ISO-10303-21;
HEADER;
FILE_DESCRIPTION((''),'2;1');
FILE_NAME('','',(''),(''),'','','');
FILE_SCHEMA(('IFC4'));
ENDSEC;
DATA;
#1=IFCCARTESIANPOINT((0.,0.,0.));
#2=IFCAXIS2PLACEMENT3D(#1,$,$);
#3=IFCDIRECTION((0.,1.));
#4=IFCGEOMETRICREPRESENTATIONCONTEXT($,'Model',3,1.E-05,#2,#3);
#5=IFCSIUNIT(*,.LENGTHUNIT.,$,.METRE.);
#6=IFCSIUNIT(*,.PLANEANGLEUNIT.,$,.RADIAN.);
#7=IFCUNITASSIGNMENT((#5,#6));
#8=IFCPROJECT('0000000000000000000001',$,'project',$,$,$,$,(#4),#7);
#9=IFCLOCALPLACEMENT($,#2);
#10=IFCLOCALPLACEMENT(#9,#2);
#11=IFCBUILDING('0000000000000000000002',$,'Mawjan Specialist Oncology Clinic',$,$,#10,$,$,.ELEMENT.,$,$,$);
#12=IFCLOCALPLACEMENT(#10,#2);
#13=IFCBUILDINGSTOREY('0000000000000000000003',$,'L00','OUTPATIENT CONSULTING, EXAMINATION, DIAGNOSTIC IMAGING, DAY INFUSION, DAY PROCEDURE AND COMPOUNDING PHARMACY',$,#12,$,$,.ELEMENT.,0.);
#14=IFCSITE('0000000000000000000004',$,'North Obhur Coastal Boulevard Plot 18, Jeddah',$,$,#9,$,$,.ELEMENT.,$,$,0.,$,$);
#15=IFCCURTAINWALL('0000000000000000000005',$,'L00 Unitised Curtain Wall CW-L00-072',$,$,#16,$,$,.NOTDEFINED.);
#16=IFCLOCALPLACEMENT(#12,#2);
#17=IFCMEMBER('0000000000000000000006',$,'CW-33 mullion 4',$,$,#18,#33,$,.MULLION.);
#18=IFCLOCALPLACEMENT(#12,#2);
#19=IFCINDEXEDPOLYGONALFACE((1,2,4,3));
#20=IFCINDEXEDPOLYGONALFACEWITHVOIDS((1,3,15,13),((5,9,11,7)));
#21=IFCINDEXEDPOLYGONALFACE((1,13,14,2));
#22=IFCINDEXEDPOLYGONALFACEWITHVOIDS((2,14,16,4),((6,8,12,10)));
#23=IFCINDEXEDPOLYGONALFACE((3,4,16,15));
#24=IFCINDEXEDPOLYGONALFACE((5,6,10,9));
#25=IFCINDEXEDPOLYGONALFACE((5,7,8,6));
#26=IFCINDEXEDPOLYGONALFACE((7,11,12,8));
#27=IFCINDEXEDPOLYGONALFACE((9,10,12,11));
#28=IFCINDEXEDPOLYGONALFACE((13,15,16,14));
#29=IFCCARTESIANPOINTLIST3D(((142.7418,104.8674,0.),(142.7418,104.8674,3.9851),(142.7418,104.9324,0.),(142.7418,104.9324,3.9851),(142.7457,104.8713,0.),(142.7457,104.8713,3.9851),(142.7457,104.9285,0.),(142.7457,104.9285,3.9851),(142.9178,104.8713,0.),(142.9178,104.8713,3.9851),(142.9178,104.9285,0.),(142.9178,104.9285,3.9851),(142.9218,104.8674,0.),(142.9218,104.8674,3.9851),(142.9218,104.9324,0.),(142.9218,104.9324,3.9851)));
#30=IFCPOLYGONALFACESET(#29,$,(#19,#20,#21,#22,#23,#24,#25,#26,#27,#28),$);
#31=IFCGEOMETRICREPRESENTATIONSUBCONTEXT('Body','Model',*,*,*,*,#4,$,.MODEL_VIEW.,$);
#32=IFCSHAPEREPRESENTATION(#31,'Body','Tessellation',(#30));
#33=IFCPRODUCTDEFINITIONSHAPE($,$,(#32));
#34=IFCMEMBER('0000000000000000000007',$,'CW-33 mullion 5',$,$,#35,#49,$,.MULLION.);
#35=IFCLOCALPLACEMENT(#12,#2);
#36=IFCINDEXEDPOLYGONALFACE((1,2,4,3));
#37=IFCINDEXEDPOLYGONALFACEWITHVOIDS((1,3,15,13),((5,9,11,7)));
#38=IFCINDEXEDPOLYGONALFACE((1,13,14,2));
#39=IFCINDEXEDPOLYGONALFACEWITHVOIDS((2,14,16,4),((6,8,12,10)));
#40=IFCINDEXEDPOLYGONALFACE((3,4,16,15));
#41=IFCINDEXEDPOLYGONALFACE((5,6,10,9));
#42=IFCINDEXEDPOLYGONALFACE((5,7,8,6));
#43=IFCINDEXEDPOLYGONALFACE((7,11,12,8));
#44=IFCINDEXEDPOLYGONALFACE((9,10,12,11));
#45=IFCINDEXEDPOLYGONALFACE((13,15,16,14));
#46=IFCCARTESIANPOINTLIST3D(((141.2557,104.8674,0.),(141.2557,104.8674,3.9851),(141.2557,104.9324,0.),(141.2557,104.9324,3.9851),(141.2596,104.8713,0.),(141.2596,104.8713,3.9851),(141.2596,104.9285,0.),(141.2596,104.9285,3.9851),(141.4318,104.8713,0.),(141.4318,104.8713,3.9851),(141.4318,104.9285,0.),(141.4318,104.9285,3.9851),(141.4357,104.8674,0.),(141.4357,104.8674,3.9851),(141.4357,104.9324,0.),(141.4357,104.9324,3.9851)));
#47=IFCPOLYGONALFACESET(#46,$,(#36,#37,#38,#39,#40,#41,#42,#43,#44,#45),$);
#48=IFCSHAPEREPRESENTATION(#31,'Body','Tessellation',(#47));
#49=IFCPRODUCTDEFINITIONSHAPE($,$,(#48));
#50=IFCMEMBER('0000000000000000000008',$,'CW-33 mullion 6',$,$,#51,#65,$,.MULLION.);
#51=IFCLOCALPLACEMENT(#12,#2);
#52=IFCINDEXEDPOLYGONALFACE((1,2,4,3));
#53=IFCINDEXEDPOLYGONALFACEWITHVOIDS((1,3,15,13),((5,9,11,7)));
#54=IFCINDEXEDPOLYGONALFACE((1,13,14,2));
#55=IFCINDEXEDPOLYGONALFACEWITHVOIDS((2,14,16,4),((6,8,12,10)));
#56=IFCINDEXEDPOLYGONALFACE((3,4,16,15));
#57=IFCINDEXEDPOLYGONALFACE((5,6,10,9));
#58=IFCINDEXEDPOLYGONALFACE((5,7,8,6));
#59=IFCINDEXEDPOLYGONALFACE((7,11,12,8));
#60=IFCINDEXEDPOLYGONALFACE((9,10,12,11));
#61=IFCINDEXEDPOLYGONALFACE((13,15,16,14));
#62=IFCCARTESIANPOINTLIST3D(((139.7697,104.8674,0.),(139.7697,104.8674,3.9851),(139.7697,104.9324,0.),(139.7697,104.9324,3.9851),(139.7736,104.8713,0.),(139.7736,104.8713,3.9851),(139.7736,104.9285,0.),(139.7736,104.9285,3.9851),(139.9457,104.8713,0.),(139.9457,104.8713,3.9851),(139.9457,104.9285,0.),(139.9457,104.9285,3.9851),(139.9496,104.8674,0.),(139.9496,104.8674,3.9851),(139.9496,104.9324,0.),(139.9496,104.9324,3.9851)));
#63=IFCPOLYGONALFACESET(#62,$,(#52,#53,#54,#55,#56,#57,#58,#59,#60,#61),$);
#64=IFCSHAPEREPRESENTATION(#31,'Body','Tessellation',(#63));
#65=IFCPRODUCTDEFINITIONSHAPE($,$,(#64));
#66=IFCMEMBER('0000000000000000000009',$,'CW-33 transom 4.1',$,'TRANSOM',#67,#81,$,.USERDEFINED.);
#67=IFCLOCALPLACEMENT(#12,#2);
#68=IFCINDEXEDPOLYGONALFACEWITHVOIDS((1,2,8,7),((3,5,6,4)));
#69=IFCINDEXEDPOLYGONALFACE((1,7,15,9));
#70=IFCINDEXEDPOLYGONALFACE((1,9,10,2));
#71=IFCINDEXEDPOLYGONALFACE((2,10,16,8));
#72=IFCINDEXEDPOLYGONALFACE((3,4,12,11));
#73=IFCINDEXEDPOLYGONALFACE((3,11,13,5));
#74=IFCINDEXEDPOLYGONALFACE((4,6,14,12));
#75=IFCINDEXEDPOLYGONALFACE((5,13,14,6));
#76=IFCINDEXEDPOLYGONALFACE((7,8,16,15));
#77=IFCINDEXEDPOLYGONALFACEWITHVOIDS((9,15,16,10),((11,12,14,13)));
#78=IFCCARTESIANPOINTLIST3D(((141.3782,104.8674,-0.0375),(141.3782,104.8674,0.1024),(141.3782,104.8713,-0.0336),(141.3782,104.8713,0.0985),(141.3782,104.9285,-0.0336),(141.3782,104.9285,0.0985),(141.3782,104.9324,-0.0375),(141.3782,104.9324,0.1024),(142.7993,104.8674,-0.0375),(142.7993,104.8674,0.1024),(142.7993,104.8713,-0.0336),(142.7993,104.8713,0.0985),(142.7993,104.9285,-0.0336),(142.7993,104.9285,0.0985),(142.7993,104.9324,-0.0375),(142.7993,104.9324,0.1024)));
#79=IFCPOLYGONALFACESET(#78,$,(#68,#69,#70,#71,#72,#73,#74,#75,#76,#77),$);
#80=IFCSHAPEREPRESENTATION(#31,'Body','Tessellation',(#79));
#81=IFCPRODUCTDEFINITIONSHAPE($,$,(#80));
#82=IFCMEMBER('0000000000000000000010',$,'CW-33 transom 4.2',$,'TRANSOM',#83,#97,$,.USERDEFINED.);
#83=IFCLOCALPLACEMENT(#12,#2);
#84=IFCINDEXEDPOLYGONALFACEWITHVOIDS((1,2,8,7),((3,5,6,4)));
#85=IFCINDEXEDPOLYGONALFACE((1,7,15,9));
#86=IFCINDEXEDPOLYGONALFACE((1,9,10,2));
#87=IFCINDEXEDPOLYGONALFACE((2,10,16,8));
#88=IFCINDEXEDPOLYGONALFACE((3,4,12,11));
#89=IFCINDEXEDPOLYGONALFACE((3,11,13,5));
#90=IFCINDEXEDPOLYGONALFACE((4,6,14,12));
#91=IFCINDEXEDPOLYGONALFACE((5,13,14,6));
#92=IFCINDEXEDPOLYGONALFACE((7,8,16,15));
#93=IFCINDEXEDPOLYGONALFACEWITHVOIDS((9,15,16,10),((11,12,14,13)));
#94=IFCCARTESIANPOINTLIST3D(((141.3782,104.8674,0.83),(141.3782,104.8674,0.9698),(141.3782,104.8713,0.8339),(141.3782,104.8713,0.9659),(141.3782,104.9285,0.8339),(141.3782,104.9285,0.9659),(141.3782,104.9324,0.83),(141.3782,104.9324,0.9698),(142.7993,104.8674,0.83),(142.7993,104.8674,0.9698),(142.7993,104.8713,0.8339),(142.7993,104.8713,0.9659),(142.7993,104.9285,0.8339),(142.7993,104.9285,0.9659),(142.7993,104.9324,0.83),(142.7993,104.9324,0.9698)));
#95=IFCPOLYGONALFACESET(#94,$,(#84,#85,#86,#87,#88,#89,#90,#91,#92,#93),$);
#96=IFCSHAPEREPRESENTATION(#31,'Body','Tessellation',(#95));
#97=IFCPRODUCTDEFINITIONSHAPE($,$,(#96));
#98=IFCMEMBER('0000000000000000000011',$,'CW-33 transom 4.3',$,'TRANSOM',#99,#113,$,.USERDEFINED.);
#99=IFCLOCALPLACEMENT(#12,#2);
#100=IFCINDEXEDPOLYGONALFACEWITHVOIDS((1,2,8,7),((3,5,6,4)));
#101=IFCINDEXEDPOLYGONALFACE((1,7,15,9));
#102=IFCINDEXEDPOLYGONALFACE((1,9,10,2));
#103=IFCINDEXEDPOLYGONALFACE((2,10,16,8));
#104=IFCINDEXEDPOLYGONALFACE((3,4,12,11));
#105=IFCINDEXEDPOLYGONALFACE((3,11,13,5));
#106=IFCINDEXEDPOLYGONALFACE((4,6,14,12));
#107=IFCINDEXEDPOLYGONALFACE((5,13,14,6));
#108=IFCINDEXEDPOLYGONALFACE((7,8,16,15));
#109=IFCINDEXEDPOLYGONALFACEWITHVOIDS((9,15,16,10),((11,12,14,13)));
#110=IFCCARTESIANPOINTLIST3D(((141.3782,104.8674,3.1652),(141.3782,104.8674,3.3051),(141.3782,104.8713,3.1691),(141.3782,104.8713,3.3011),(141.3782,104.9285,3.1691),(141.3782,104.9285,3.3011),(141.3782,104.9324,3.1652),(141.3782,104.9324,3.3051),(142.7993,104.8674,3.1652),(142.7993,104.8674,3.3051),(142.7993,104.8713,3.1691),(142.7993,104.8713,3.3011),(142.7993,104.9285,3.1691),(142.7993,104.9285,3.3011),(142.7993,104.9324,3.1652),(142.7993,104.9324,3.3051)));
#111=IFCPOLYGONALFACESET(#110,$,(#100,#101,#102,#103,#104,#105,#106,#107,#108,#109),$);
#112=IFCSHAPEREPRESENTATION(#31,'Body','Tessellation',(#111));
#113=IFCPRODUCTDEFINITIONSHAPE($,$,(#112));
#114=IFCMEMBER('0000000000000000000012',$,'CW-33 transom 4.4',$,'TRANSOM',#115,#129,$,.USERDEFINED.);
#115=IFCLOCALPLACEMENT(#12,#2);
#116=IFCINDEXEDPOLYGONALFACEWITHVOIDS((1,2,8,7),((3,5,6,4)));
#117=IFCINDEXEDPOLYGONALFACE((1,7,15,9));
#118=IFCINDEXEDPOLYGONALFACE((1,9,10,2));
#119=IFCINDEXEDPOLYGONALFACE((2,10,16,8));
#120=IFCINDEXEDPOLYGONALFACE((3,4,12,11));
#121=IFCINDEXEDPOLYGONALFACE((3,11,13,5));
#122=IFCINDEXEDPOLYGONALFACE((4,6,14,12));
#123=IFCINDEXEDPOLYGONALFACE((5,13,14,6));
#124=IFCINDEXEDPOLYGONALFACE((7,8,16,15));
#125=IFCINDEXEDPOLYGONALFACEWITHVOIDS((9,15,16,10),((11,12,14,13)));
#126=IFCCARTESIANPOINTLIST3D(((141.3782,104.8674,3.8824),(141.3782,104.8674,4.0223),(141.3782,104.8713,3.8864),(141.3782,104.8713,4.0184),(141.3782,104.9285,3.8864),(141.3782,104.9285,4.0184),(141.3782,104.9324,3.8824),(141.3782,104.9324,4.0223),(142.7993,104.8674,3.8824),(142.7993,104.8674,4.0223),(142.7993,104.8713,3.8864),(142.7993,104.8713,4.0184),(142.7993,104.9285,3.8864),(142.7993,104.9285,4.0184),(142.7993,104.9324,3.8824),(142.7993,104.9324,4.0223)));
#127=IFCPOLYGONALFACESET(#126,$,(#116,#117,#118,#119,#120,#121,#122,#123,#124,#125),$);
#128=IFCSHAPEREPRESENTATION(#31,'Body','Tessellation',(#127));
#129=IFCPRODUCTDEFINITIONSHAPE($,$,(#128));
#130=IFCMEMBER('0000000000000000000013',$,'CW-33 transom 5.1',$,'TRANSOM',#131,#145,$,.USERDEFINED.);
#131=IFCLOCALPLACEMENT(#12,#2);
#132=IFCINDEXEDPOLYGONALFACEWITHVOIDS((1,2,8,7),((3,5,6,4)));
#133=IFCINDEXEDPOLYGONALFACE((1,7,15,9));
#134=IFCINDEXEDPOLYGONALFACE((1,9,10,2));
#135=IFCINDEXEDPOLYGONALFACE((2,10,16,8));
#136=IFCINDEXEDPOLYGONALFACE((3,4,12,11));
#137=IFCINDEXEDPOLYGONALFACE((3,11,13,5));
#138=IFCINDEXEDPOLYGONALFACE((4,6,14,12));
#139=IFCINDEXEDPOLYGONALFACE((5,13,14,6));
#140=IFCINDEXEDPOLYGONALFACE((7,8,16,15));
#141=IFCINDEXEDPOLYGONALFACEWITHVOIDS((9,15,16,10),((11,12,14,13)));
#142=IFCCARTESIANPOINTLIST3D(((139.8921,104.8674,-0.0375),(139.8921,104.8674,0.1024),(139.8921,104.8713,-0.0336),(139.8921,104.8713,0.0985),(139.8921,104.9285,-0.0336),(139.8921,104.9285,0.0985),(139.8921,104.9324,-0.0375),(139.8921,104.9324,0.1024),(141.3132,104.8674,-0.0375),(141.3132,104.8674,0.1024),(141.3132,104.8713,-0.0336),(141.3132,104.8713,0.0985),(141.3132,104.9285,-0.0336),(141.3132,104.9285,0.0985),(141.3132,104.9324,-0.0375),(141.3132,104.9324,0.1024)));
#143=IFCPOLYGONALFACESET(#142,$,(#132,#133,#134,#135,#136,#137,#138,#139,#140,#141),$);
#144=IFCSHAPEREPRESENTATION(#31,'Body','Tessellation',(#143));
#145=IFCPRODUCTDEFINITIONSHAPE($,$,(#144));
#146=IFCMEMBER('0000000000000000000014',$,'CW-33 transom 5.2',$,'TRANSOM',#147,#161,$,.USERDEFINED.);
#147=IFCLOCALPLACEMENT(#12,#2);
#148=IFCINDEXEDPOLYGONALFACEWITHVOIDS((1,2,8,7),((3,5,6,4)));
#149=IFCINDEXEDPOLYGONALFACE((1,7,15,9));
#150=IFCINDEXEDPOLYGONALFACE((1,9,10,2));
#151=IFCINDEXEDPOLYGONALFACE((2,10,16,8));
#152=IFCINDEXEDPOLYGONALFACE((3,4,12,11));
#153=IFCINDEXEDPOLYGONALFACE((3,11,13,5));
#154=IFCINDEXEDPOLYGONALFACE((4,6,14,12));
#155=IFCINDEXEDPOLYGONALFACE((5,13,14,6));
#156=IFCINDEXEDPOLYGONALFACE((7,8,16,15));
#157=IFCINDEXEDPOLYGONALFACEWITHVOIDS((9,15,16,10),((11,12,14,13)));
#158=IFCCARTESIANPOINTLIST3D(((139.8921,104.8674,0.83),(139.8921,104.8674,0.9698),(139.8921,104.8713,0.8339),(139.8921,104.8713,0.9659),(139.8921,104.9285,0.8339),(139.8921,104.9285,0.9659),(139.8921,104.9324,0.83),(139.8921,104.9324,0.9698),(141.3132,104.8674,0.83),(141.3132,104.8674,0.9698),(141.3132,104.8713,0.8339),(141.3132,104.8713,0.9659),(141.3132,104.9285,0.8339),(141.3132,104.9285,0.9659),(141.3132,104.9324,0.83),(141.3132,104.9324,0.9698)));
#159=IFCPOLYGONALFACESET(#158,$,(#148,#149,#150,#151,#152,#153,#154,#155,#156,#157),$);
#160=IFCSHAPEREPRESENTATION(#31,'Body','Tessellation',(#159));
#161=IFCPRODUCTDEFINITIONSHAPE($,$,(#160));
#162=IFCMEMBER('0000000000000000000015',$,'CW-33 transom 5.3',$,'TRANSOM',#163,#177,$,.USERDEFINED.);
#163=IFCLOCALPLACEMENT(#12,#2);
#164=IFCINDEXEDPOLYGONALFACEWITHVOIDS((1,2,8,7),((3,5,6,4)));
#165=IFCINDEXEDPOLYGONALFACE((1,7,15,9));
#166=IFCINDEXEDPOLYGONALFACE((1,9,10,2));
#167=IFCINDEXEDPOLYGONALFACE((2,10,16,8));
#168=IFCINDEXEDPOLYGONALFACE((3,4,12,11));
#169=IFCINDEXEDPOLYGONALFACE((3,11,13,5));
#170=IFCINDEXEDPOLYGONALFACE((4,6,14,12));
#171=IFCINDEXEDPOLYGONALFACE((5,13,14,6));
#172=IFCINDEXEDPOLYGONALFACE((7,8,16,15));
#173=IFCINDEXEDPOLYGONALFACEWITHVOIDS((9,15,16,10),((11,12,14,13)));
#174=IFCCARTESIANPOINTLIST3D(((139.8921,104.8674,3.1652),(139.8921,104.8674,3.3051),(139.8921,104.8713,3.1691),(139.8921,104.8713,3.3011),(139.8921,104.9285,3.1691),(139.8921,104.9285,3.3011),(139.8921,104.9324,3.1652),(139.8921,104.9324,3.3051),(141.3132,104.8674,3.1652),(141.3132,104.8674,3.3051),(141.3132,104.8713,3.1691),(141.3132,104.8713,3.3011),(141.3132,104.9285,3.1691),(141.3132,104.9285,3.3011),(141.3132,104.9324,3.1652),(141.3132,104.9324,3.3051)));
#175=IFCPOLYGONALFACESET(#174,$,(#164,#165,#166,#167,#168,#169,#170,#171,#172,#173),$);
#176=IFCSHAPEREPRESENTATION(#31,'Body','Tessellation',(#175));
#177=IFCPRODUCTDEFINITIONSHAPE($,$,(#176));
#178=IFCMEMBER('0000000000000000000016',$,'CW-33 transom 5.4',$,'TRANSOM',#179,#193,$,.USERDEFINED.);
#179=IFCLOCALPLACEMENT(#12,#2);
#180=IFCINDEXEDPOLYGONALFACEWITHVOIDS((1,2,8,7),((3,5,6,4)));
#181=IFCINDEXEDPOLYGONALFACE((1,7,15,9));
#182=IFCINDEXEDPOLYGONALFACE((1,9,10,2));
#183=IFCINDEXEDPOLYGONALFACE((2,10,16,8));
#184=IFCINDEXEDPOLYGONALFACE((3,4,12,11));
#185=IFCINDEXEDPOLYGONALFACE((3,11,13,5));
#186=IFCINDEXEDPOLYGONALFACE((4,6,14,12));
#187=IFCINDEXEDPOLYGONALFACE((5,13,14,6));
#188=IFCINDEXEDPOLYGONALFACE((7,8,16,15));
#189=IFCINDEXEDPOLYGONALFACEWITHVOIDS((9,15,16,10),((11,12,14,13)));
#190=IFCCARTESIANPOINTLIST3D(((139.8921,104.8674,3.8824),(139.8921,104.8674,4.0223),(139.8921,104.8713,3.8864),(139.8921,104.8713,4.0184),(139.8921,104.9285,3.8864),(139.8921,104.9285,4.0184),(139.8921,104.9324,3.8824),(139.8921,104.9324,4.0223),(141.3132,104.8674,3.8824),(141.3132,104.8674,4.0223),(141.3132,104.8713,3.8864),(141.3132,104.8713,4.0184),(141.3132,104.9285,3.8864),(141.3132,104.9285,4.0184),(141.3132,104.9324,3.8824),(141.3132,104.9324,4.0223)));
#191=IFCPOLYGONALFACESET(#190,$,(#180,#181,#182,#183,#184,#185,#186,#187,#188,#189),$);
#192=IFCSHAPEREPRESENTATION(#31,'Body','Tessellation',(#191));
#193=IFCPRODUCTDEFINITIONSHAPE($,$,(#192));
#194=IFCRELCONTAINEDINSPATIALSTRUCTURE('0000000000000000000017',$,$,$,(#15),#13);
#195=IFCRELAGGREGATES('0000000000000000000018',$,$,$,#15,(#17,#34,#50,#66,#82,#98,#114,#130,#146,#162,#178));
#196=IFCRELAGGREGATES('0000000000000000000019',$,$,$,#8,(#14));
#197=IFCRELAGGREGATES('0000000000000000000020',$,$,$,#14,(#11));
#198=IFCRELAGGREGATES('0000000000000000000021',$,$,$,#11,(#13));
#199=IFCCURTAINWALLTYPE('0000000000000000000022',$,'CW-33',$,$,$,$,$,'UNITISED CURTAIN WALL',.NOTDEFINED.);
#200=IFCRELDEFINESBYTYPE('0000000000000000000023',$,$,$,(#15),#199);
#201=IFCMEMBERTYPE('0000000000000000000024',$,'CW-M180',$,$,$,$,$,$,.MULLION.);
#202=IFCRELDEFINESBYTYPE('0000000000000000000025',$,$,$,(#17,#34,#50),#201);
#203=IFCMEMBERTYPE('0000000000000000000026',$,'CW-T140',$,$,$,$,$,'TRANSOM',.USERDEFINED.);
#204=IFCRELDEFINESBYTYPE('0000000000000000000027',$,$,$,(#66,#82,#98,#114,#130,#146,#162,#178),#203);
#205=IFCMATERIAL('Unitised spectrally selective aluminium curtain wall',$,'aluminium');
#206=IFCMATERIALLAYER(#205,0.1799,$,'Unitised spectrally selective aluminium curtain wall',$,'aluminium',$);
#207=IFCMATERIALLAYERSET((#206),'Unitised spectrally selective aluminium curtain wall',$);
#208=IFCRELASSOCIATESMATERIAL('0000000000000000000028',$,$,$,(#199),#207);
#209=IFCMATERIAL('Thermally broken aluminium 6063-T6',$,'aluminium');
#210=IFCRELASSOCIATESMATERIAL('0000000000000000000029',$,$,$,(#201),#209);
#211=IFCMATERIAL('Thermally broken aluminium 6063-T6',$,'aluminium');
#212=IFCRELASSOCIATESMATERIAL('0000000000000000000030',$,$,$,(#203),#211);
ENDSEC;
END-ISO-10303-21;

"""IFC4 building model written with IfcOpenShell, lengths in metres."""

from ifc_helpers import new_model, si_unit, direction, frame, origin, origin_2d, place, context, subcontext, project, spatial, hollow_rectangle, extrude, material, layer, layer_set, material_profile, profile_set, type_object, element, aggregate, save


model = new_model("IFC4")

# Units and contexts
model_context = context("Model", 3, precision=1e-05, world=origin(), true_north=direction((0.0, 1.0)))
body_context = subcontext(model_context, "Body", "Model", "MODEL_VIEW")
ifc_project = project(units=[si_unit("LENGTHUNIT", "METRE"), si_unit("PLANEANGLEUNIT", "RADIAN")], contexts=[model_context])

# Site, building, storey
site_placement = place(None, origin())
site = spatial("IfcSite", under=ifc_project, at=site_placement, Name="North Obhur Coastal Boulevard Plot 18, Jeddah", CompositionType="ELEMENT", RefElevation=0.0)
building_placement = place(site_placement, origin())
building = spatial("IfcBuilding", under=site, at=building_placement, Name="Mawjan Specialist Oncology Clinic", CompositionType="ELEMENT")
storey_placement = place(building_placement, origin())
storey = spatial("IfcBuildingStorey", under=building, at=storey_placement, Name="L00", Description="OUTPATIENT CONSULTING, EXAMINATION, DIAGNOSTIC IMAGING, DAY INFUSION, DAY PROCEDURE AND COMPOUNDING PHARMACY", CompositionType="ELEMENT", Elevation=0.0)

# Curtain wall, members
ifc_material_1 = material(Name="Unitised spectrally selective aluminium curtain wall", Category="aluminium")
ifc_layer_1 = layer(ifc_material_1, 0.1799, Name="Unitised spectrally selective aluminium curtain wall", Category="aluminium")
ifc_layer_set_1 = layer_set([ifc_layer_1], Name="Unitised spectrally selective aluminium curtain wall")
curtain_wall_type = type_object("IfcCurtainWallType", Name="CW-33", ElementType="UNITISED CURTAIN WALL", PredefinedType="NOTDEFINED", material=ifc_layer_set_1)
curtain_wall_placement = place(storey_placement, origin())
curtain_wall = element("IfcCurtainWall", 1, at=curtain_wall_placement, inside=storey, type_object=curtain_wall_type, Name="L00 Unitised Curtain Wall CW-L00-072", PredefinedType="NOTDEFINED")
ifc_material_2 = material(Name="Thermally broken aluminium 6063-T6", Category="aluminium")
ifc_material_profile_1 = material_profile(ifc_material_2, hollow_rectangle(XDim=0.0649, YDim=0.1799, WallThickness=0.0039, at=origin_2d()), Name="ALU MULLION 180x65x4", Category="aluminium")
ifc_profile_set_1 = profile_set([ifc_material_profile_1], Name="Thermally broken aluminium 6063-T6")
member_type_1 = type_object("IfcMemberType", Name="CW-M180", PredefinedType="MULLION", material=ifc_profile_set_1)
member_1_placement = place(storey_placement, frame((142.8318, 104.8999, 0.0), z_axis=(0.0, 0.0, 1.0), x_axis=(0.0, -1.0, 0.0)))
member_1 = element("IfcMember", 2, at=member_1_placement, type_object=member_type_1, Name="CW-33 mullion 4", PredefinedType="MULLION", context=body_context, shape_type="SweptSolid", body=[
    extrude(hollow_rectangle(XDim=0.0649, YDim=0.1799, WallThickness=0.0039, at=origin_2d()), origin(), (0.0, 0.0, 1.0), 3.9851),
])
member_2_placement = place(storey_placement, frame((141.3457, 104.8999, 0.0), z_axis=(0.0, 0.0, 1.0), x_axis=(0.0, -1.0, 0.0)))
member_2 = element("IfcMember", 3, at=member_2_placement, type_object=member_type_1, Name="CW-33 mullion 5", PredefinedType="MULLION", context=body_context, shape_type="SweptSolid", body=[
    extrude(hollow_rectangle(XDim=0.0649, YDim=0.1799, WallThickness=0.0039, at=origin_2d()), origin(), (0.0, 0.0, 1.0), 3.9851),
])
member_3_placement = place(storey_placement, frame((139.8596, 104.8999, 0.0), z_axis=(0.0, 0.0, 1.0), x_axis=(0.0, -1.0, 0.0)))
member_3 = element("IfcMember", 4, at=member_3_placement, type_object=member_type_1, Name="CW-33 mullion 6", PredefinedType="MULLION", context=body_context, shape_type="SweptSolid", body=[
    extrude(hollow_rectangle(XDim=0.0649, YDim=0.1799, WallThickness=0.0039, at=origin_2d()), origin(), (0.0, 0.0, 1.0), 3.9851),
])
ifc_material_3 = material(Name="Thermally broken aluminium 6063-T6", Category="aluminium")
ifc_material_profile_2 = material_profile(ifc_material_3, hollow_rectangle(XDim=0.0649, YDim=0.1399, WallThickness=0.0039, at=origin_2d()), Name="ALU TRANSOM 140x65x4", Category="aluminium")
ifc_profile_set_2 = profile_set([ifc_material_profile_2], Name="Thermally broken aluminium 6063-T6")
member_type_2 = type_object("IfcMemberType", Name="CW-T140", ElementType="TRANSOM", PredefinedType="USERDEFINED", material=ifc_profile_set_2)
member_4_placement = place(storey_placement, frame((142.7993, 104.8999, 0.0325), z_axis=(-1.0, 0.0, 0.0), x_axis=(0.0, -1.0, 0.0)))
member_4 = element("IfcMember", 5, at=member_4_placement, type_object=member_type_2, Name="CW-33 transom 4.1", ObjectType="TRANSOM", PredefinedType="USERDEFINED", context=body_context, shape_type="SweptSolid", body=[
    extrude(hollow_rectangle(XDim=0.0649, YDim=0.1399, WallThickness=0.0039, at=origin_2d()), origin(), (0.0, 0.0, 1.0), 1.4211),
])
member_5_placement = place(storey_placement, frame((142.7993, 104.8999, 0.8999), z_axis=(-1.0, 0.0, 0.0), x_axis=(0.0, -1.0, 0.0)))
member_5 = element("IfcMember", 6, at=member_5_placement, type_object=member_type_2, Name="CW-33 transom 4.2", ObjectType="TRANSOM", PredefinedType="USERDEFINED", context=body_context, shape_type="SweptSolid", body=[
    extrude(hollow_rectangle(XDim=0.0649, YDim=0.1399, WallThickness=0.0039, at=origin_2d()), origin(), (0.0, 0.0, 1.0), 1.4211),
])
member_6_placement = place(storey_placement, frame((142.7993, 104.8999, 3.2351), z_axis=(-1.0, 0.0, 0.0), x_axis=(0.0, -1.0, 0.0)))
member_6 = element("IfcMember", 7, at=member_6_placement, type_object=member_type_2, Name="CW-33 transom 4.3", ObjectType="TRANSOM", PredefinedType="USERDEFINED", context=body_context, shape_type="SweptSolid", body=[
    extrude(hollow_rectangle(XDim=0.0649, YDim=0.1399, WallThickness=0.0039, at=origin_2d()), origin(), (0.0, 0.0, 1.0), 1.4211),
])
member_7_placement = place(storey_placement, frame((142.7993, 104.8999, 3.9524), z_axis=(-1.0, 0.0, 0.0), x_axis=(0.0, -1.0, 0.0)))
member_7 = element("IfcMember", 8, at=member_7_placement, type_object=member_type_2, Name="CW-33 transom 4.4", ObjectType="TRANSOM", PredefinedType="USERDEFINED", context=body_context, shape_type="SweptSolid", body=[
    extrude(hollow_rectangle(XDim=0.0649, YDim=0.1399, WallThickness=0.0039, at=origin_2d()), origin(), (0.0, 0.0, 1.0), 1.4211),
])
member_8_placement = place(storey_placement, frame((141.3132, 104.8999, 0.0325), z_axis=(-1.0, 0.0, 0.0), x_axis=(0.0, -1.0, 0.0)))
member_8 = element("IfcMember", 9, at=member_8_placement, type_object=member_type_2, Name="CW-33 transom 5.1", ObjectType="TRANSOM", PredefinedType="USERDEFINED", context=body_context, shape_type="SweptSolid", body=[
    extrude(hollow_rectangle(XDim=0.0649, YDim=0.1399, WallThickness=0.0039, at=origin_2d()), origin(), (0.0, 0.0, 1.0), 1.4211),
])
member_9_placement = place(storey_placement, frame((141.3132, 104.8999, 0.8999), z_axis=(-1.0, 0.0, 0.0), x_axis=(0.0, -1.0, 0.0)))
member_9 = element("IfcMember", 10, at=member_9_placement, type_object=member_type_2, Name="CW-33 transom 5.2", ObjectType="TRANSOM", PredefinedType="USERDEFINED", context=body_context, shape_type="SweptSolid", body=[
    extrude(hollow_rectangle(XDim=0.0649, YDim=0.1399, WallThickness=0.0039, at=origin_2d()), origin(), (0.0, 0.0, 1.0), 1.4211),
])
member_10_placement = place(storey_placement, frame((141.3132, 104.8999, 3.2351), z_axis=(-1.0, 0.0, 0.0), x_axis=(0.0, -1.0, 0.0)))
member_10 = element("IfcMember", 11, at=member_10_placement, type_object=member_type_2, Name="CW-33 transom 5.3", ObjectType="TRANSOM", PredefinedType="USERDEFINED", context=body_context, shape_type="SweptSolid", body=[
    extrude(hollow_rectangle(XDim=0.0649, YDim=0.1399, WallThickness=0.0039, at=origin_2d()), origin(), (0.0, 0.0, 1.0), 1.4211),
])
member_11_placement = place(storey_placement, frame((141.3132, 104.8999, 3.9524), z_axis=(-1.0, 0.0, 0.0), x_axis=(0.0, -1.0, 0.0)))
member_11 = element("IfcMember", 12, at=member_11_placement, type_object=member_type_2, Name="CW-33 transom 5.4", ObjectType="TRANSOM", PredefinedType="USERDEFINED", context=body_context, shape_type="SweptSolid", body=[
    extrude(hollow_rectangle(XDim=0.0649, YDim=0.1399, WallThickness=0.0039, at=origin_2d()), origin(), (0.0, 0.0, 1.0), 1.4211),
])
aggregate(curtain_wall, [member_1, member_2, member_3, member_4, member_5, member_6, member_7, member_8, member_9, member_10, member_11])

save(model, "model.ifc")
